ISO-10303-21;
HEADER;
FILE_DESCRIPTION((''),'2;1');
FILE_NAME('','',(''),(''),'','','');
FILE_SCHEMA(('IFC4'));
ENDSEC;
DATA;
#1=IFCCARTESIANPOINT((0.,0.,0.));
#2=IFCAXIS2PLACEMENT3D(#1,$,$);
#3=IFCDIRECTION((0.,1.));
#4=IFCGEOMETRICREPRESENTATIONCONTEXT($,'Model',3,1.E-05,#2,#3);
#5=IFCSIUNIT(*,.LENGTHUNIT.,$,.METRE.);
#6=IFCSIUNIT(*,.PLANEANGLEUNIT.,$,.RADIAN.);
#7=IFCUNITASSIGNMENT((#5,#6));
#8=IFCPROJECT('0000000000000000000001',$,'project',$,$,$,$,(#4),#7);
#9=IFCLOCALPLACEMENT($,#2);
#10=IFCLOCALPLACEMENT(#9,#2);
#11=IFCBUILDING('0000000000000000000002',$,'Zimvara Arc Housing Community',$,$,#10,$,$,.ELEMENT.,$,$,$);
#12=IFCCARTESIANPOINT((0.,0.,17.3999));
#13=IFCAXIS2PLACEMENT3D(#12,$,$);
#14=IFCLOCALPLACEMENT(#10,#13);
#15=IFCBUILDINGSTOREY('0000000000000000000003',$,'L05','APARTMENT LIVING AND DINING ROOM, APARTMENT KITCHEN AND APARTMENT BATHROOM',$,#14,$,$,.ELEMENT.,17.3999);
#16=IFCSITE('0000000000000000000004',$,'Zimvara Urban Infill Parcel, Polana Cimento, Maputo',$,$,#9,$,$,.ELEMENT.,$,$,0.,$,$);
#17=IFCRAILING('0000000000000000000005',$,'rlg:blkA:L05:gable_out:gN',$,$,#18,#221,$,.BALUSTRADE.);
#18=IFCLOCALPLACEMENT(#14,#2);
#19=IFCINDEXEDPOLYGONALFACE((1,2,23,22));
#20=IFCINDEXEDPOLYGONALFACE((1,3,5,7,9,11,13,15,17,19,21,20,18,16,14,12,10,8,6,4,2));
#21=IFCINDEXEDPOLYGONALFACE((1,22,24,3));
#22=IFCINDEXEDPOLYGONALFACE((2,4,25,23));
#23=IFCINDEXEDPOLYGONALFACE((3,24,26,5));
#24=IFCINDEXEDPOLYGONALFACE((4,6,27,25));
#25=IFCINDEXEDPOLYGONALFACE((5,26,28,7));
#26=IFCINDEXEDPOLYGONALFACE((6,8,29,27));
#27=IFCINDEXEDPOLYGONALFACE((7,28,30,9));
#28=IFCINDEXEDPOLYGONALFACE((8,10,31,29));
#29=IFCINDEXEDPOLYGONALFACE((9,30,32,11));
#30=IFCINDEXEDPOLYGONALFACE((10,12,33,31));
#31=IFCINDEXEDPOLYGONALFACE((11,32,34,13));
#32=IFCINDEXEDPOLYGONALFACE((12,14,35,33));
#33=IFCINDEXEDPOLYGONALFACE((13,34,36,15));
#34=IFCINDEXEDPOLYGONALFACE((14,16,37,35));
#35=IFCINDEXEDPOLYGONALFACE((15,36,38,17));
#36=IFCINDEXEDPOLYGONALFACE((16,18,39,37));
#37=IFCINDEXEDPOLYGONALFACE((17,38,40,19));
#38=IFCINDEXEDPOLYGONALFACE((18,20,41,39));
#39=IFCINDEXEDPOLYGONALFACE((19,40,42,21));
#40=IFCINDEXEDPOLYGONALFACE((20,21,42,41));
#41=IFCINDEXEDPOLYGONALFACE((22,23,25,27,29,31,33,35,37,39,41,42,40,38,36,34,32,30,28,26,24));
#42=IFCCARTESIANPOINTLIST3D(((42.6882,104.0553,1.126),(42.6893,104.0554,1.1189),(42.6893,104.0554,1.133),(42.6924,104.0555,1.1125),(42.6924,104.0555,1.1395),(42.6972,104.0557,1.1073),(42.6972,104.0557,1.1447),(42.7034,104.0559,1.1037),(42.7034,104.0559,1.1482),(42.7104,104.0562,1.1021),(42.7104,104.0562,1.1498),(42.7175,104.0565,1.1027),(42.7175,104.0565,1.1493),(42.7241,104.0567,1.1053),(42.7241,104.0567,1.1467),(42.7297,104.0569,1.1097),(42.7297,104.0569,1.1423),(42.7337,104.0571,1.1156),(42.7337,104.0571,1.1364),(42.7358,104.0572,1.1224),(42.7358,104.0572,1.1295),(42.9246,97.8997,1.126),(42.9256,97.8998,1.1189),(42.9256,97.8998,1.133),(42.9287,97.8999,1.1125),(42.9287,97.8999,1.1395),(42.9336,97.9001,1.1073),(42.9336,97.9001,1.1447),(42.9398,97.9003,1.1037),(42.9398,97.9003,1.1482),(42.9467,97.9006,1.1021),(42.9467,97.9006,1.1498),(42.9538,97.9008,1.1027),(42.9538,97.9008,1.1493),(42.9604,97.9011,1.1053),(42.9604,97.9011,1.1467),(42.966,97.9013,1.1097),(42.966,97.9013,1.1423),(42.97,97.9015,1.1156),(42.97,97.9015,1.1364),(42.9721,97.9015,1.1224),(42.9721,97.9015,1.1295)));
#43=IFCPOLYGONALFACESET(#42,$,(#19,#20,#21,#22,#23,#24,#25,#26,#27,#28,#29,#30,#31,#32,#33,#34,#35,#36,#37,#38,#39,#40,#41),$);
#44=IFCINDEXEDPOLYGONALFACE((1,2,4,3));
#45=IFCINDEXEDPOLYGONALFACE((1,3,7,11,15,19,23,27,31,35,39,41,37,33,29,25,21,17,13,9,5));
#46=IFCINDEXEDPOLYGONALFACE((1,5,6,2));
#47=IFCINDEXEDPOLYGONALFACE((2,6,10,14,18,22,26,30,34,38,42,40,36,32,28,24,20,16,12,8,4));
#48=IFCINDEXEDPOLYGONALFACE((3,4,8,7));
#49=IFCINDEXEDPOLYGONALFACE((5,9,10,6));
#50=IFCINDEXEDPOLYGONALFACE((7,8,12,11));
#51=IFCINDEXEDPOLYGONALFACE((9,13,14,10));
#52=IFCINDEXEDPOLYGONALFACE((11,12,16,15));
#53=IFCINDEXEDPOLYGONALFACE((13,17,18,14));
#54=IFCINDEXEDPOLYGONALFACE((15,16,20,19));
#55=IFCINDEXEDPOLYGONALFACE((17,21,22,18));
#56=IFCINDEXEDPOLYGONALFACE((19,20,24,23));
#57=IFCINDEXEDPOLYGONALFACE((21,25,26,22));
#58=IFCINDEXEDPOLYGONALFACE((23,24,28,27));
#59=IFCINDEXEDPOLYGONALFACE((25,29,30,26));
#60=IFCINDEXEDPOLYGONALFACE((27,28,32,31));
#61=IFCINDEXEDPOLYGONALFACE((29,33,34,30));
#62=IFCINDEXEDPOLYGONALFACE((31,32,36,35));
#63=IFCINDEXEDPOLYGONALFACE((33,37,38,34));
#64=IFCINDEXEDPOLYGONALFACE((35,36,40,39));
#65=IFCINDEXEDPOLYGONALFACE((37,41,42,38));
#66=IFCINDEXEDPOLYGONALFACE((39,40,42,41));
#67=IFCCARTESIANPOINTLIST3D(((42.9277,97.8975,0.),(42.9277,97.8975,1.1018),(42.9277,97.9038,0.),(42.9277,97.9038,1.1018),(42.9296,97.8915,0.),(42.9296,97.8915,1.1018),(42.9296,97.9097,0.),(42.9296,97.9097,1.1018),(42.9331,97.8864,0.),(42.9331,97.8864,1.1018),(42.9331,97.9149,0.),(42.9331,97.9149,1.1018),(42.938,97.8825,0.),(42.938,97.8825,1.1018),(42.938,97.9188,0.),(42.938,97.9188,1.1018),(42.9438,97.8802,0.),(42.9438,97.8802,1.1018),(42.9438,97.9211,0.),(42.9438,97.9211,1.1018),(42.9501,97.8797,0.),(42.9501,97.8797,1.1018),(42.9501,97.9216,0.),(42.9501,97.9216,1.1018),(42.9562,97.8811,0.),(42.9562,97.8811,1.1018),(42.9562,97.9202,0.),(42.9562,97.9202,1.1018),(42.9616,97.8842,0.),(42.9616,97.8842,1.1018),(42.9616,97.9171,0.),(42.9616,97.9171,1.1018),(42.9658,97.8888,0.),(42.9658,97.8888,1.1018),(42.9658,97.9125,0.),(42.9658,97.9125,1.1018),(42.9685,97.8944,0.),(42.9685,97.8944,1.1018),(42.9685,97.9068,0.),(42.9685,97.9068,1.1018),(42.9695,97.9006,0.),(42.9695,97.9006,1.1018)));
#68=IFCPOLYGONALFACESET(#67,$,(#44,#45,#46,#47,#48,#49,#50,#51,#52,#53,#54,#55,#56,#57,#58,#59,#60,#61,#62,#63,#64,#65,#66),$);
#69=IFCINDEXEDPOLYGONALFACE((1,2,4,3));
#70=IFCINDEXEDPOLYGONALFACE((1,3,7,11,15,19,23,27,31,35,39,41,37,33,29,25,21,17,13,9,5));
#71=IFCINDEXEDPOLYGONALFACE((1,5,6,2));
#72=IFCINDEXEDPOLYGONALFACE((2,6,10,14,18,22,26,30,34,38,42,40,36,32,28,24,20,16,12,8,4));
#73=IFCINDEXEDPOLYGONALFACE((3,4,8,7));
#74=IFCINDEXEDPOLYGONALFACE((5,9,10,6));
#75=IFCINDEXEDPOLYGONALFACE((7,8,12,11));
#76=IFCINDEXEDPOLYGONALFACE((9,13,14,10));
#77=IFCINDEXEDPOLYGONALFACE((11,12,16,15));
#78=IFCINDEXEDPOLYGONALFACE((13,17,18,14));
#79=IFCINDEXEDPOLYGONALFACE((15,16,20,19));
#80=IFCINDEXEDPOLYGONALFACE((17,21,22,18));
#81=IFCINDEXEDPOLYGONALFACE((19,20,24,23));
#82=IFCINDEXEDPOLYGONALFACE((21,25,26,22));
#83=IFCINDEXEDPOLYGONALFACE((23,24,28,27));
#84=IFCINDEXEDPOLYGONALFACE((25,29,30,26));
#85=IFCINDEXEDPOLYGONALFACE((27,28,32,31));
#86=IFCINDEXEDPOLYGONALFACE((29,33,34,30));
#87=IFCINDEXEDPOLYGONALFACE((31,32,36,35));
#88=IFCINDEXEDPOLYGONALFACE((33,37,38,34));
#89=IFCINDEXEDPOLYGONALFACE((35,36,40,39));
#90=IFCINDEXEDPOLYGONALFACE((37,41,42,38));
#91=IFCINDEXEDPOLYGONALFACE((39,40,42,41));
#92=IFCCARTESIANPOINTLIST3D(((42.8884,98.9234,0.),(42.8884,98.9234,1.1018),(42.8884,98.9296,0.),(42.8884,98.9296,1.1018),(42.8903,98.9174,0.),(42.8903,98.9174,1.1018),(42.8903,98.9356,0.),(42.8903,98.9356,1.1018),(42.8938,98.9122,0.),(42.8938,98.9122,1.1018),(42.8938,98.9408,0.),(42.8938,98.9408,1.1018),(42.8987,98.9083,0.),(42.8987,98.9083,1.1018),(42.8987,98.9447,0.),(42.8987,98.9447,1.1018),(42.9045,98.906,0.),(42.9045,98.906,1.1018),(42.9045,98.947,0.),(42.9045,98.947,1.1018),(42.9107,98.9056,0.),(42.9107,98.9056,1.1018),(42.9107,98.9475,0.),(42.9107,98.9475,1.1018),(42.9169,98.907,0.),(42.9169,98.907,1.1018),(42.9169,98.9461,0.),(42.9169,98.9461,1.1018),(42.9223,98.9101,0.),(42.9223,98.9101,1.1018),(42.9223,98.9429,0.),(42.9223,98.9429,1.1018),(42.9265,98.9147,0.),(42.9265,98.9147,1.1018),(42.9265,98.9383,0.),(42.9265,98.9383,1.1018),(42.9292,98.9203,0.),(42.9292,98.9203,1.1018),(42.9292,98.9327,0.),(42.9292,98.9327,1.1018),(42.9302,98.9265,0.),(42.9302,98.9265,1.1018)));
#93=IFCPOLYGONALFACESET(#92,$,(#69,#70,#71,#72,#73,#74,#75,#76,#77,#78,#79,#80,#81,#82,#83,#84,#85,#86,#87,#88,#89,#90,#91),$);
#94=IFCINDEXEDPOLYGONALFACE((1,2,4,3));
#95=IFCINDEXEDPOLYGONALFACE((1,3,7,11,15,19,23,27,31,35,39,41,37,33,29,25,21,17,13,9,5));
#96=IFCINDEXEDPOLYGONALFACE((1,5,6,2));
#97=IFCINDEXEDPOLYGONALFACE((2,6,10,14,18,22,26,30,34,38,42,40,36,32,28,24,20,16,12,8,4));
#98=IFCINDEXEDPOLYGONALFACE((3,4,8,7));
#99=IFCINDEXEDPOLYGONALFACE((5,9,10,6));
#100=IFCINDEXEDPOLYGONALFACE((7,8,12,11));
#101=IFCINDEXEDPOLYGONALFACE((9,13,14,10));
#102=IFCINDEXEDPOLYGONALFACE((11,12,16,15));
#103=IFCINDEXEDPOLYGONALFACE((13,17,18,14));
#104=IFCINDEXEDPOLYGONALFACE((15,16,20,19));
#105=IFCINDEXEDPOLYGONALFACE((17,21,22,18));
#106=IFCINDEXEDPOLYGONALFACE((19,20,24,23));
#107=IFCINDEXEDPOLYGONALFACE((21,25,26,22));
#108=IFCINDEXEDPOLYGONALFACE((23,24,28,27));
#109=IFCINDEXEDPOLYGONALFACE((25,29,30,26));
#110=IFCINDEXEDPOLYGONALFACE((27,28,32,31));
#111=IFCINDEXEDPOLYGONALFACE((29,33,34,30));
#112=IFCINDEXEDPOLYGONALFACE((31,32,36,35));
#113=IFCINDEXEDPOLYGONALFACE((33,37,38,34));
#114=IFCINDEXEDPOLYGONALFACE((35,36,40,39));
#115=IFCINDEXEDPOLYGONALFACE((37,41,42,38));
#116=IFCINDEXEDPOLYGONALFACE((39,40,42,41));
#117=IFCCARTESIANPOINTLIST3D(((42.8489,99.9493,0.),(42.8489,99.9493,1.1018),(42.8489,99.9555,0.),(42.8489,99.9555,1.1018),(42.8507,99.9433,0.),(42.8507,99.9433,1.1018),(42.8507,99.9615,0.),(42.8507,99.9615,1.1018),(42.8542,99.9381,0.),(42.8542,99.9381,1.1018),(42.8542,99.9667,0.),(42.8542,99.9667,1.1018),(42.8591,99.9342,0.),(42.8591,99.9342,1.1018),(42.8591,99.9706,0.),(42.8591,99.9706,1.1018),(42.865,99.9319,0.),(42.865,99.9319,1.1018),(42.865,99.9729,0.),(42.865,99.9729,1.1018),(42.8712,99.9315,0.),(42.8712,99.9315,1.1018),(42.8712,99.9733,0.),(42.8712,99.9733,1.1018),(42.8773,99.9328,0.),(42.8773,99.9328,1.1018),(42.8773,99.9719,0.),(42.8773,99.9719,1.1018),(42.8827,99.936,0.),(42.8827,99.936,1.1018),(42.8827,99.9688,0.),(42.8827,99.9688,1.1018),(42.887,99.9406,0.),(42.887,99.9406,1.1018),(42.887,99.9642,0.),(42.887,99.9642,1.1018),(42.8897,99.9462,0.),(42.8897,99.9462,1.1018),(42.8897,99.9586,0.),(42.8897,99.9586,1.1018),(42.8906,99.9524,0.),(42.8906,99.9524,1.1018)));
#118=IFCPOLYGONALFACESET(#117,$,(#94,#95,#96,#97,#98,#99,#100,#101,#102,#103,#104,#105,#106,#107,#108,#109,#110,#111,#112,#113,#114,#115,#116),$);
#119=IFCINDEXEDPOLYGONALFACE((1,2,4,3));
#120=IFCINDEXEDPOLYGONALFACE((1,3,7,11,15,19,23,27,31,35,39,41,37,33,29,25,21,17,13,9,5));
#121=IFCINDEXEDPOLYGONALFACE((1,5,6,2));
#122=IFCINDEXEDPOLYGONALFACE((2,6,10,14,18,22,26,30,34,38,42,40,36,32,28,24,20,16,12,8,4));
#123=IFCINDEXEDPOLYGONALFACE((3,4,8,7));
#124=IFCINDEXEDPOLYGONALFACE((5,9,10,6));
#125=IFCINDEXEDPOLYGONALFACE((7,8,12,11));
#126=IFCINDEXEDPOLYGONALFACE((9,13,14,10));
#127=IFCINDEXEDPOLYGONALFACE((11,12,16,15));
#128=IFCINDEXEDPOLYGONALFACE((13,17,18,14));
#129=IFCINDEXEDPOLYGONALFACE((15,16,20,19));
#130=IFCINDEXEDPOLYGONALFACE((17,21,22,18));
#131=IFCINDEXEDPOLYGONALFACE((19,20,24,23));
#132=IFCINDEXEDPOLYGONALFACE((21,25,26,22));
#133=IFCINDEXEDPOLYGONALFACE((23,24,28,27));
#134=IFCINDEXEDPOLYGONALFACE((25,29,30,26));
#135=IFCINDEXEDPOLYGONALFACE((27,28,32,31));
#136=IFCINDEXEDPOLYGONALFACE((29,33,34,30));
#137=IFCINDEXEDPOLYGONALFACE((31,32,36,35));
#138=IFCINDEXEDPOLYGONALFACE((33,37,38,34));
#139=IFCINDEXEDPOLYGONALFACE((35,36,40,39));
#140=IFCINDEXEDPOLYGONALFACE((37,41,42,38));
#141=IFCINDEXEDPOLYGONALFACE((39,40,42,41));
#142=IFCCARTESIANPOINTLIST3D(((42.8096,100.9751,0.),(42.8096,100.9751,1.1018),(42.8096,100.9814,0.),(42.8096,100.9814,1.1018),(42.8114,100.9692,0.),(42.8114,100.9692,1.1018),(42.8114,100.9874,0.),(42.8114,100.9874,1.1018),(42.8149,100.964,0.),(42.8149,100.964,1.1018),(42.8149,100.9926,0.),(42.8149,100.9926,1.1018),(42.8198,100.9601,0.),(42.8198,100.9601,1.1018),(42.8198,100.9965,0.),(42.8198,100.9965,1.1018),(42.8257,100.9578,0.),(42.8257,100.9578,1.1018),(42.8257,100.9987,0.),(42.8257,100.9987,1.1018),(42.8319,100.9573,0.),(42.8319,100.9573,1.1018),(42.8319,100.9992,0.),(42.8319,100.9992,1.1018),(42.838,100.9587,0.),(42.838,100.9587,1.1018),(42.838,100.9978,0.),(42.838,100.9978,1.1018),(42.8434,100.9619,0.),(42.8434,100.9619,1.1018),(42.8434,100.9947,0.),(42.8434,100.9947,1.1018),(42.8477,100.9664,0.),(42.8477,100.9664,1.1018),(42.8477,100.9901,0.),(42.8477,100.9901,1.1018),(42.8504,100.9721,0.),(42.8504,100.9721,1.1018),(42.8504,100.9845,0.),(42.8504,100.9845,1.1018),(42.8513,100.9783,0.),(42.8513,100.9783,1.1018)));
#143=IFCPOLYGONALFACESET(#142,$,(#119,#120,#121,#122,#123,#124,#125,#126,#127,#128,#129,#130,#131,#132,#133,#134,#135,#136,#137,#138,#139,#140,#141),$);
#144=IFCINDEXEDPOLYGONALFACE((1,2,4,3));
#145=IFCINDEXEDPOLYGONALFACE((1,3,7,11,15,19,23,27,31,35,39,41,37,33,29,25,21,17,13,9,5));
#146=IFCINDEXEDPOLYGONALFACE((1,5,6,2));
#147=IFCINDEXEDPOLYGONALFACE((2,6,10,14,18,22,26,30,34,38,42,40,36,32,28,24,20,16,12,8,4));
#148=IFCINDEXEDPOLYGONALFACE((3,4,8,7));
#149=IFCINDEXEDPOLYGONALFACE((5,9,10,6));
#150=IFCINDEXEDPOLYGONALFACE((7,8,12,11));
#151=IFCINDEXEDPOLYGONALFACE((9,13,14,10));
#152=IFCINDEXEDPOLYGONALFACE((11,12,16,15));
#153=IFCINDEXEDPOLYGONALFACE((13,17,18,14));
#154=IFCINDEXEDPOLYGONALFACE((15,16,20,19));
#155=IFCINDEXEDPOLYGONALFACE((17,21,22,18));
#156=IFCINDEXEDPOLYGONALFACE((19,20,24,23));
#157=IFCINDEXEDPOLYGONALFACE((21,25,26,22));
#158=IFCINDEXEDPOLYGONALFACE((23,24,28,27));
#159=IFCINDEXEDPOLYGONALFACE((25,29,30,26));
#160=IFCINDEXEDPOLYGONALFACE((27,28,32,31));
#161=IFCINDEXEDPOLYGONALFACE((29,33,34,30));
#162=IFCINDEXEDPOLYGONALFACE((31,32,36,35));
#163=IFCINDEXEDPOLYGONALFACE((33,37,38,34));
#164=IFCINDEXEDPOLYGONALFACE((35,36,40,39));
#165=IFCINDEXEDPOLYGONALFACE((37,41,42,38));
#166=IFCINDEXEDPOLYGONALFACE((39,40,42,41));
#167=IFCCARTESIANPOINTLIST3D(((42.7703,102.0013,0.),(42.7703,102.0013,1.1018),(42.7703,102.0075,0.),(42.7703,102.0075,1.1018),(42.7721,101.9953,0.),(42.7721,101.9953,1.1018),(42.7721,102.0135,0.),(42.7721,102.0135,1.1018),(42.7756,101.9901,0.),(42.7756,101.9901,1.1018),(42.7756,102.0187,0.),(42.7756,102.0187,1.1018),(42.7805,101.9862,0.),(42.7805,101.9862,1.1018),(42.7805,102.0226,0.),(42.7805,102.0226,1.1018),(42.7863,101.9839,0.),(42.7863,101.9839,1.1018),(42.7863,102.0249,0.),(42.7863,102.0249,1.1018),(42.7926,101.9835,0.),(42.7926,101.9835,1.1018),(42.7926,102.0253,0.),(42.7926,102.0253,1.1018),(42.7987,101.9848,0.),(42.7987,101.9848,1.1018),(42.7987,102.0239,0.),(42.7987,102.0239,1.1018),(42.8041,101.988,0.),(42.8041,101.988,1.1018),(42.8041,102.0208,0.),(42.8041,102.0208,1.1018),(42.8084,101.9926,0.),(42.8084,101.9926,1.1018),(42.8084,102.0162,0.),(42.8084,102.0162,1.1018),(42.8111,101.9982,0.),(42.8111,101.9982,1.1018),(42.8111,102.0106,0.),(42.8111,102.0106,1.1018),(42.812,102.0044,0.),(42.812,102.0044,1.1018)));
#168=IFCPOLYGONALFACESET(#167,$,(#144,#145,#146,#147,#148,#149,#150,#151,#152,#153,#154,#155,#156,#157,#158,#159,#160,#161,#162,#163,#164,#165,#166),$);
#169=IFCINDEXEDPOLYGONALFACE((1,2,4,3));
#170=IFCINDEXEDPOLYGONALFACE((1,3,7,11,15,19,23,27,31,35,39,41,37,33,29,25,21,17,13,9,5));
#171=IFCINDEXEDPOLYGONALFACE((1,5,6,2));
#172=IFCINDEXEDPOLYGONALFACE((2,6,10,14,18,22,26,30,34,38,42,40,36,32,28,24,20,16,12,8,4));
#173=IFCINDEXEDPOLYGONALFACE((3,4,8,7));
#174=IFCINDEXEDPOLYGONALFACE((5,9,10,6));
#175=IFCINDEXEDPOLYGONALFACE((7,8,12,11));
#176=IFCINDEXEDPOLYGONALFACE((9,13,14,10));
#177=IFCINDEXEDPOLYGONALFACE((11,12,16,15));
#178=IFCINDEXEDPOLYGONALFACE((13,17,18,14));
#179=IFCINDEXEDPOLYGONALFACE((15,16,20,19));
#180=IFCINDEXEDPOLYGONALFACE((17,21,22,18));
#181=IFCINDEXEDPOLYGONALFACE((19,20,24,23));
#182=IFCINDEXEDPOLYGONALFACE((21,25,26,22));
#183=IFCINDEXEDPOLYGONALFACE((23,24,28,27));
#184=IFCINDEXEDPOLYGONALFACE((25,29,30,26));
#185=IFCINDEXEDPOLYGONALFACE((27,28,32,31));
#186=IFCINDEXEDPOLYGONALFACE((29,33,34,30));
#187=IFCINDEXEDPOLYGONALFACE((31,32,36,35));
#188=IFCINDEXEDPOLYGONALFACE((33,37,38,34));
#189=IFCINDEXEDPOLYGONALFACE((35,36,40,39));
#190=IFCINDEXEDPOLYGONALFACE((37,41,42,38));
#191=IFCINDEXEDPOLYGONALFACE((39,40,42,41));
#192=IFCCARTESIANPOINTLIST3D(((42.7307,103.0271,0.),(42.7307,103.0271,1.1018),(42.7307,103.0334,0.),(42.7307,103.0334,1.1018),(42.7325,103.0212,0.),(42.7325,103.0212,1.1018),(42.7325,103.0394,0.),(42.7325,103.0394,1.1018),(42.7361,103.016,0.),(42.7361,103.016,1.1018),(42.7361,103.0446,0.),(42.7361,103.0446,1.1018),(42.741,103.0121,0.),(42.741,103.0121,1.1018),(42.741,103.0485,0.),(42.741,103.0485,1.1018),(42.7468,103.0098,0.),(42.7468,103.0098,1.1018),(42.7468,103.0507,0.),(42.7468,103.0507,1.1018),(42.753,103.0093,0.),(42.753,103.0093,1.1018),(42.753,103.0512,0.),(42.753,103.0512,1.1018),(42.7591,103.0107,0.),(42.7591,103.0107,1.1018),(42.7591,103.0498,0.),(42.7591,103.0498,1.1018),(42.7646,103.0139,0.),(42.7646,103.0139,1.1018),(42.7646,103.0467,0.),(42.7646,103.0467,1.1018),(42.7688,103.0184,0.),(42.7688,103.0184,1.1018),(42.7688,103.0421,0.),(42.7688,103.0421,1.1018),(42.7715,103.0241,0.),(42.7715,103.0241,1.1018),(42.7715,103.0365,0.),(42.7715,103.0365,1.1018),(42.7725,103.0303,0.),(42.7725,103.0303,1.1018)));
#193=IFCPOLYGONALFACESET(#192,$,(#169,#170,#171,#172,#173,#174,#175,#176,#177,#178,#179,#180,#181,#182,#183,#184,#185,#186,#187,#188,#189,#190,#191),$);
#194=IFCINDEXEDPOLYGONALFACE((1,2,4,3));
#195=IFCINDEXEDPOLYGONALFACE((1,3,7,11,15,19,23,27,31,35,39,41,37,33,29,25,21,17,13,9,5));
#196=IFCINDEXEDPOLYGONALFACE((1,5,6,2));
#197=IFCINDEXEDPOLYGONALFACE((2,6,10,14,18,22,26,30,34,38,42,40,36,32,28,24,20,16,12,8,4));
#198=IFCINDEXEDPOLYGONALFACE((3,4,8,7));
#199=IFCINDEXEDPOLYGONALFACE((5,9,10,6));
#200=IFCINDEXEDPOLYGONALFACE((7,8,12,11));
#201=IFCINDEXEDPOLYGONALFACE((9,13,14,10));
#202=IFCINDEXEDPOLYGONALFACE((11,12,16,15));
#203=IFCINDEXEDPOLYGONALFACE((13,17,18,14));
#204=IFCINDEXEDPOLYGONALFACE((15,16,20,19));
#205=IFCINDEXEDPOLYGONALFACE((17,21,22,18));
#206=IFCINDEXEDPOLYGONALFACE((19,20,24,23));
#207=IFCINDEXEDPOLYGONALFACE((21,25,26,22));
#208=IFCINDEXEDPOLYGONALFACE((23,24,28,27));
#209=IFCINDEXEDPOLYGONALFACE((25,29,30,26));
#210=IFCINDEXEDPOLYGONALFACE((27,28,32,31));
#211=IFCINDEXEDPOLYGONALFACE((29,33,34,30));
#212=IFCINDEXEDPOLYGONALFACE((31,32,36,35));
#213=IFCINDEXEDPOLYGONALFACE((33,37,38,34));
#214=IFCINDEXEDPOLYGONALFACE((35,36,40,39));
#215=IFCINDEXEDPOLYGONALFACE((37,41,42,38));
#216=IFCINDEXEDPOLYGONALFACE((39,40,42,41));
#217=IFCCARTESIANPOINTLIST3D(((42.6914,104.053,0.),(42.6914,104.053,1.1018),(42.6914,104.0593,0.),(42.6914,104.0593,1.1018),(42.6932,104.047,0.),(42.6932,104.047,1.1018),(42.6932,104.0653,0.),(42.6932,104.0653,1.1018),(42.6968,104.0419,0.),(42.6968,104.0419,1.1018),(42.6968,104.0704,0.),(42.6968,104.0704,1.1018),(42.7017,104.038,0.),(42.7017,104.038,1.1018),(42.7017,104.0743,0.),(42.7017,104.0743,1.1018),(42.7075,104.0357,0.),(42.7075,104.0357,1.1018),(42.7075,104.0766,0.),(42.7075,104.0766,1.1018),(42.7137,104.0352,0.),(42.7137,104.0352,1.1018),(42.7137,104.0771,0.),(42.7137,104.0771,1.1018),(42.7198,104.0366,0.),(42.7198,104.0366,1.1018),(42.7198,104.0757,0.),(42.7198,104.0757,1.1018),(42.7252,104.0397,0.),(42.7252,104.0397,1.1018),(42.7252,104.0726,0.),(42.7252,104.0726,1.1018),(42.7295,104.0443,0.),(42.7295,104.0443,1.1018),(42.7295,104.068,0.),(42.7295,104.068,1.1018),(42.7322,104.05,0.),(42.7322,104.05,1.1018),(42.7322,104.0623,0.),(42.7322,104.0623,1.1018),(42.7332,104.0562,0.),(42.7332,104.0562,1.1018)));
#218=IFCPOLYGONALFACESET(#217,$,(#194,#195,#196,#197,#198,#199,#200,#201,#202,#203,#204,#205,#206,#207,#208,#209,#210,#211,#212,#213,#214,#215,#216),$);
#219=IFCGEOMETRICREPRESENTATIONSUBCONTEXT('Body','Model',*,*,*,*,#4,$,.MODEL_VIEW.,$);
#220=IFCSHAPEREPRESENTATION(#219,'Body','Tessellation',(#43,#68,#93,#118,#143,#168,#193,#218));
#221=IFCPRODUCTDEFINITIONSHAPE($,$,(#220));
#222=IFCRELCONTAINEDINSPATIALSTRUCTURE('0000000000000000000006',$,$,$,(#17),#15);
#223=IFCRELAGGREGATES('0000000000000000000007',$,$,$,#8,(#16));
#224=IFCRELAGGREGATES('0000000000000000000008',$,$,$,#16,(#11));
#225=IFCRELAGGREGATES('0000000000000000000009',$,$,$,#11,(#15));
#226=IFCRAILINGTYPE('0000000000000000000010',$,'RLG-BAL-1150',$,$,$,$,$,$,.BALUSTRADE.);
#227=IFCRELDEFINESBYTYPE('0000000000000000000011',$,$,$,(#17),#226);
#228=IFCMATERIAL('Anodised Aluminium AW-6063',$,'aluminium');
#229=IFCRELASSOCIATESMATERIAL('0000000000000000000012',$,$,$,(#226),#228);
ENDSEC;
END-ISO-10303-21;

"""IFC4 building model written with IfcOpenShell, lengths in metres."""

from ifc_helpers import new_model, si_unit, direction, frame, origin, origin_2d, place, context, subcontext, project, spatial, circle, extrude, material, type_object, element, save


model = new_model("IFC4")

# Units and contexts
model_context = context("Model", 3, precision=1e-05, world=origin(), true_north=direction((0.0, 1.0)))
body_context = subcontext(model_context, "Body", "Model", "MODEL_VIEW")
ifc_project = project(units=[si_unit("LENGTHUNIT", "METRE"), si_unit("PLANEANGLEUNIT", "RADIAN")], contexts=[model_context])

# Site, building, storey
site_placement = place(None, origin())
site = spatial("IfcSite", under=ifc_project, at=site_placement, Name="Zimvara Urban Infill Parcel, Polana Cimento, Maputo", CompositionType="ELEMENT", RefElevation=0.0)
building_placement = place(site_placement, origin())
building = spatial("IfcBuilding", under=site, at=building_placement, Name="Zimvara Arc Housing Community", CompositionType="ELEMENT")
storey_placement = place(building_placement, frame((0.0, 0.0, 17.3999)))
storey = spatial("IfcBuildingStorey", under=building, at=storey_placement, Name="L05", Description="APARTMENT LIVING AND DINING ROOM, APARTMENT KITCHEN AND APARTMENT BATHROOM", CompositionType="ELEMENT", Elevation=17.3999)

# Railing
ifc_material_1 = material(Name="Anodised Aluminium AW-6063", Category="aluminium")
railing_type = type_object("IfcRailingType", Name="RLG-BAL-1150", PredefinedType="BALUSTRADE", material=ifc_material_1)
railing_placement = place(storey_placement, frame((42.9485, 97.9006, 0.0)))
element("IfcRailing", 1, at=railing_placement, inside=storey, type_object=railing_type, Name="rlg:blkA:L05:gable_out:gN", PredefinedType="BALUSTRADE", context=body_context, shape_type="SweptSolid", body=[
    extrude(circle(Radius=0.0239, at=origin_2d()), frame((0.0, 0.0, 1.126), z_axis=(-0.038365, 0.999264, 0.0), x_axis=(-0.999264, -0.038365, 0.0)), (0.0, 0.0, 1.0), 6.1602),
    extrude(circle(Radius=0.021, at=origin_2d()), origin(), (0.0, 0.0, 1.0), 1.1018),
    extrude(circle(Radius=0.021, at=origin_2d()), frame((-0.0393, 1.0259, 0.0)), (0.0, 0.0, 1.0), 1.1018),
    extrude(circle(Radius=0.021, at=origin_2d()), frame((-0.0789, 2.0518, 0.0)), (0.0, 0.0, 1.0), 1.1018),
    extrude(circle(Radius=0.021, at=origin_2d()), frame((-0.1182, 3.0776, 0.0)), (0.0, 0.0, 1.0), 1.1018),
    extrude(circle(Radius=0.021, at=origin_2d()), frame((-0.1575, 4.1038, 0.0)), (0.0, 0.0, 1.0), 1.1018),
    extrude(circle(Radius=0.021, at=origin_2d()), frame((-0.197, 5.1296, 0.0)), (0.0, 0.0, 1.0), 1.1018),
    extrude(circle(Radius=0.021, at=origin_2d()), frame((-0.2363, 6.1555, 0.0)), (0.0, 0.0, 1.0), 1.1018),
])

save(model, "model.ifc")
